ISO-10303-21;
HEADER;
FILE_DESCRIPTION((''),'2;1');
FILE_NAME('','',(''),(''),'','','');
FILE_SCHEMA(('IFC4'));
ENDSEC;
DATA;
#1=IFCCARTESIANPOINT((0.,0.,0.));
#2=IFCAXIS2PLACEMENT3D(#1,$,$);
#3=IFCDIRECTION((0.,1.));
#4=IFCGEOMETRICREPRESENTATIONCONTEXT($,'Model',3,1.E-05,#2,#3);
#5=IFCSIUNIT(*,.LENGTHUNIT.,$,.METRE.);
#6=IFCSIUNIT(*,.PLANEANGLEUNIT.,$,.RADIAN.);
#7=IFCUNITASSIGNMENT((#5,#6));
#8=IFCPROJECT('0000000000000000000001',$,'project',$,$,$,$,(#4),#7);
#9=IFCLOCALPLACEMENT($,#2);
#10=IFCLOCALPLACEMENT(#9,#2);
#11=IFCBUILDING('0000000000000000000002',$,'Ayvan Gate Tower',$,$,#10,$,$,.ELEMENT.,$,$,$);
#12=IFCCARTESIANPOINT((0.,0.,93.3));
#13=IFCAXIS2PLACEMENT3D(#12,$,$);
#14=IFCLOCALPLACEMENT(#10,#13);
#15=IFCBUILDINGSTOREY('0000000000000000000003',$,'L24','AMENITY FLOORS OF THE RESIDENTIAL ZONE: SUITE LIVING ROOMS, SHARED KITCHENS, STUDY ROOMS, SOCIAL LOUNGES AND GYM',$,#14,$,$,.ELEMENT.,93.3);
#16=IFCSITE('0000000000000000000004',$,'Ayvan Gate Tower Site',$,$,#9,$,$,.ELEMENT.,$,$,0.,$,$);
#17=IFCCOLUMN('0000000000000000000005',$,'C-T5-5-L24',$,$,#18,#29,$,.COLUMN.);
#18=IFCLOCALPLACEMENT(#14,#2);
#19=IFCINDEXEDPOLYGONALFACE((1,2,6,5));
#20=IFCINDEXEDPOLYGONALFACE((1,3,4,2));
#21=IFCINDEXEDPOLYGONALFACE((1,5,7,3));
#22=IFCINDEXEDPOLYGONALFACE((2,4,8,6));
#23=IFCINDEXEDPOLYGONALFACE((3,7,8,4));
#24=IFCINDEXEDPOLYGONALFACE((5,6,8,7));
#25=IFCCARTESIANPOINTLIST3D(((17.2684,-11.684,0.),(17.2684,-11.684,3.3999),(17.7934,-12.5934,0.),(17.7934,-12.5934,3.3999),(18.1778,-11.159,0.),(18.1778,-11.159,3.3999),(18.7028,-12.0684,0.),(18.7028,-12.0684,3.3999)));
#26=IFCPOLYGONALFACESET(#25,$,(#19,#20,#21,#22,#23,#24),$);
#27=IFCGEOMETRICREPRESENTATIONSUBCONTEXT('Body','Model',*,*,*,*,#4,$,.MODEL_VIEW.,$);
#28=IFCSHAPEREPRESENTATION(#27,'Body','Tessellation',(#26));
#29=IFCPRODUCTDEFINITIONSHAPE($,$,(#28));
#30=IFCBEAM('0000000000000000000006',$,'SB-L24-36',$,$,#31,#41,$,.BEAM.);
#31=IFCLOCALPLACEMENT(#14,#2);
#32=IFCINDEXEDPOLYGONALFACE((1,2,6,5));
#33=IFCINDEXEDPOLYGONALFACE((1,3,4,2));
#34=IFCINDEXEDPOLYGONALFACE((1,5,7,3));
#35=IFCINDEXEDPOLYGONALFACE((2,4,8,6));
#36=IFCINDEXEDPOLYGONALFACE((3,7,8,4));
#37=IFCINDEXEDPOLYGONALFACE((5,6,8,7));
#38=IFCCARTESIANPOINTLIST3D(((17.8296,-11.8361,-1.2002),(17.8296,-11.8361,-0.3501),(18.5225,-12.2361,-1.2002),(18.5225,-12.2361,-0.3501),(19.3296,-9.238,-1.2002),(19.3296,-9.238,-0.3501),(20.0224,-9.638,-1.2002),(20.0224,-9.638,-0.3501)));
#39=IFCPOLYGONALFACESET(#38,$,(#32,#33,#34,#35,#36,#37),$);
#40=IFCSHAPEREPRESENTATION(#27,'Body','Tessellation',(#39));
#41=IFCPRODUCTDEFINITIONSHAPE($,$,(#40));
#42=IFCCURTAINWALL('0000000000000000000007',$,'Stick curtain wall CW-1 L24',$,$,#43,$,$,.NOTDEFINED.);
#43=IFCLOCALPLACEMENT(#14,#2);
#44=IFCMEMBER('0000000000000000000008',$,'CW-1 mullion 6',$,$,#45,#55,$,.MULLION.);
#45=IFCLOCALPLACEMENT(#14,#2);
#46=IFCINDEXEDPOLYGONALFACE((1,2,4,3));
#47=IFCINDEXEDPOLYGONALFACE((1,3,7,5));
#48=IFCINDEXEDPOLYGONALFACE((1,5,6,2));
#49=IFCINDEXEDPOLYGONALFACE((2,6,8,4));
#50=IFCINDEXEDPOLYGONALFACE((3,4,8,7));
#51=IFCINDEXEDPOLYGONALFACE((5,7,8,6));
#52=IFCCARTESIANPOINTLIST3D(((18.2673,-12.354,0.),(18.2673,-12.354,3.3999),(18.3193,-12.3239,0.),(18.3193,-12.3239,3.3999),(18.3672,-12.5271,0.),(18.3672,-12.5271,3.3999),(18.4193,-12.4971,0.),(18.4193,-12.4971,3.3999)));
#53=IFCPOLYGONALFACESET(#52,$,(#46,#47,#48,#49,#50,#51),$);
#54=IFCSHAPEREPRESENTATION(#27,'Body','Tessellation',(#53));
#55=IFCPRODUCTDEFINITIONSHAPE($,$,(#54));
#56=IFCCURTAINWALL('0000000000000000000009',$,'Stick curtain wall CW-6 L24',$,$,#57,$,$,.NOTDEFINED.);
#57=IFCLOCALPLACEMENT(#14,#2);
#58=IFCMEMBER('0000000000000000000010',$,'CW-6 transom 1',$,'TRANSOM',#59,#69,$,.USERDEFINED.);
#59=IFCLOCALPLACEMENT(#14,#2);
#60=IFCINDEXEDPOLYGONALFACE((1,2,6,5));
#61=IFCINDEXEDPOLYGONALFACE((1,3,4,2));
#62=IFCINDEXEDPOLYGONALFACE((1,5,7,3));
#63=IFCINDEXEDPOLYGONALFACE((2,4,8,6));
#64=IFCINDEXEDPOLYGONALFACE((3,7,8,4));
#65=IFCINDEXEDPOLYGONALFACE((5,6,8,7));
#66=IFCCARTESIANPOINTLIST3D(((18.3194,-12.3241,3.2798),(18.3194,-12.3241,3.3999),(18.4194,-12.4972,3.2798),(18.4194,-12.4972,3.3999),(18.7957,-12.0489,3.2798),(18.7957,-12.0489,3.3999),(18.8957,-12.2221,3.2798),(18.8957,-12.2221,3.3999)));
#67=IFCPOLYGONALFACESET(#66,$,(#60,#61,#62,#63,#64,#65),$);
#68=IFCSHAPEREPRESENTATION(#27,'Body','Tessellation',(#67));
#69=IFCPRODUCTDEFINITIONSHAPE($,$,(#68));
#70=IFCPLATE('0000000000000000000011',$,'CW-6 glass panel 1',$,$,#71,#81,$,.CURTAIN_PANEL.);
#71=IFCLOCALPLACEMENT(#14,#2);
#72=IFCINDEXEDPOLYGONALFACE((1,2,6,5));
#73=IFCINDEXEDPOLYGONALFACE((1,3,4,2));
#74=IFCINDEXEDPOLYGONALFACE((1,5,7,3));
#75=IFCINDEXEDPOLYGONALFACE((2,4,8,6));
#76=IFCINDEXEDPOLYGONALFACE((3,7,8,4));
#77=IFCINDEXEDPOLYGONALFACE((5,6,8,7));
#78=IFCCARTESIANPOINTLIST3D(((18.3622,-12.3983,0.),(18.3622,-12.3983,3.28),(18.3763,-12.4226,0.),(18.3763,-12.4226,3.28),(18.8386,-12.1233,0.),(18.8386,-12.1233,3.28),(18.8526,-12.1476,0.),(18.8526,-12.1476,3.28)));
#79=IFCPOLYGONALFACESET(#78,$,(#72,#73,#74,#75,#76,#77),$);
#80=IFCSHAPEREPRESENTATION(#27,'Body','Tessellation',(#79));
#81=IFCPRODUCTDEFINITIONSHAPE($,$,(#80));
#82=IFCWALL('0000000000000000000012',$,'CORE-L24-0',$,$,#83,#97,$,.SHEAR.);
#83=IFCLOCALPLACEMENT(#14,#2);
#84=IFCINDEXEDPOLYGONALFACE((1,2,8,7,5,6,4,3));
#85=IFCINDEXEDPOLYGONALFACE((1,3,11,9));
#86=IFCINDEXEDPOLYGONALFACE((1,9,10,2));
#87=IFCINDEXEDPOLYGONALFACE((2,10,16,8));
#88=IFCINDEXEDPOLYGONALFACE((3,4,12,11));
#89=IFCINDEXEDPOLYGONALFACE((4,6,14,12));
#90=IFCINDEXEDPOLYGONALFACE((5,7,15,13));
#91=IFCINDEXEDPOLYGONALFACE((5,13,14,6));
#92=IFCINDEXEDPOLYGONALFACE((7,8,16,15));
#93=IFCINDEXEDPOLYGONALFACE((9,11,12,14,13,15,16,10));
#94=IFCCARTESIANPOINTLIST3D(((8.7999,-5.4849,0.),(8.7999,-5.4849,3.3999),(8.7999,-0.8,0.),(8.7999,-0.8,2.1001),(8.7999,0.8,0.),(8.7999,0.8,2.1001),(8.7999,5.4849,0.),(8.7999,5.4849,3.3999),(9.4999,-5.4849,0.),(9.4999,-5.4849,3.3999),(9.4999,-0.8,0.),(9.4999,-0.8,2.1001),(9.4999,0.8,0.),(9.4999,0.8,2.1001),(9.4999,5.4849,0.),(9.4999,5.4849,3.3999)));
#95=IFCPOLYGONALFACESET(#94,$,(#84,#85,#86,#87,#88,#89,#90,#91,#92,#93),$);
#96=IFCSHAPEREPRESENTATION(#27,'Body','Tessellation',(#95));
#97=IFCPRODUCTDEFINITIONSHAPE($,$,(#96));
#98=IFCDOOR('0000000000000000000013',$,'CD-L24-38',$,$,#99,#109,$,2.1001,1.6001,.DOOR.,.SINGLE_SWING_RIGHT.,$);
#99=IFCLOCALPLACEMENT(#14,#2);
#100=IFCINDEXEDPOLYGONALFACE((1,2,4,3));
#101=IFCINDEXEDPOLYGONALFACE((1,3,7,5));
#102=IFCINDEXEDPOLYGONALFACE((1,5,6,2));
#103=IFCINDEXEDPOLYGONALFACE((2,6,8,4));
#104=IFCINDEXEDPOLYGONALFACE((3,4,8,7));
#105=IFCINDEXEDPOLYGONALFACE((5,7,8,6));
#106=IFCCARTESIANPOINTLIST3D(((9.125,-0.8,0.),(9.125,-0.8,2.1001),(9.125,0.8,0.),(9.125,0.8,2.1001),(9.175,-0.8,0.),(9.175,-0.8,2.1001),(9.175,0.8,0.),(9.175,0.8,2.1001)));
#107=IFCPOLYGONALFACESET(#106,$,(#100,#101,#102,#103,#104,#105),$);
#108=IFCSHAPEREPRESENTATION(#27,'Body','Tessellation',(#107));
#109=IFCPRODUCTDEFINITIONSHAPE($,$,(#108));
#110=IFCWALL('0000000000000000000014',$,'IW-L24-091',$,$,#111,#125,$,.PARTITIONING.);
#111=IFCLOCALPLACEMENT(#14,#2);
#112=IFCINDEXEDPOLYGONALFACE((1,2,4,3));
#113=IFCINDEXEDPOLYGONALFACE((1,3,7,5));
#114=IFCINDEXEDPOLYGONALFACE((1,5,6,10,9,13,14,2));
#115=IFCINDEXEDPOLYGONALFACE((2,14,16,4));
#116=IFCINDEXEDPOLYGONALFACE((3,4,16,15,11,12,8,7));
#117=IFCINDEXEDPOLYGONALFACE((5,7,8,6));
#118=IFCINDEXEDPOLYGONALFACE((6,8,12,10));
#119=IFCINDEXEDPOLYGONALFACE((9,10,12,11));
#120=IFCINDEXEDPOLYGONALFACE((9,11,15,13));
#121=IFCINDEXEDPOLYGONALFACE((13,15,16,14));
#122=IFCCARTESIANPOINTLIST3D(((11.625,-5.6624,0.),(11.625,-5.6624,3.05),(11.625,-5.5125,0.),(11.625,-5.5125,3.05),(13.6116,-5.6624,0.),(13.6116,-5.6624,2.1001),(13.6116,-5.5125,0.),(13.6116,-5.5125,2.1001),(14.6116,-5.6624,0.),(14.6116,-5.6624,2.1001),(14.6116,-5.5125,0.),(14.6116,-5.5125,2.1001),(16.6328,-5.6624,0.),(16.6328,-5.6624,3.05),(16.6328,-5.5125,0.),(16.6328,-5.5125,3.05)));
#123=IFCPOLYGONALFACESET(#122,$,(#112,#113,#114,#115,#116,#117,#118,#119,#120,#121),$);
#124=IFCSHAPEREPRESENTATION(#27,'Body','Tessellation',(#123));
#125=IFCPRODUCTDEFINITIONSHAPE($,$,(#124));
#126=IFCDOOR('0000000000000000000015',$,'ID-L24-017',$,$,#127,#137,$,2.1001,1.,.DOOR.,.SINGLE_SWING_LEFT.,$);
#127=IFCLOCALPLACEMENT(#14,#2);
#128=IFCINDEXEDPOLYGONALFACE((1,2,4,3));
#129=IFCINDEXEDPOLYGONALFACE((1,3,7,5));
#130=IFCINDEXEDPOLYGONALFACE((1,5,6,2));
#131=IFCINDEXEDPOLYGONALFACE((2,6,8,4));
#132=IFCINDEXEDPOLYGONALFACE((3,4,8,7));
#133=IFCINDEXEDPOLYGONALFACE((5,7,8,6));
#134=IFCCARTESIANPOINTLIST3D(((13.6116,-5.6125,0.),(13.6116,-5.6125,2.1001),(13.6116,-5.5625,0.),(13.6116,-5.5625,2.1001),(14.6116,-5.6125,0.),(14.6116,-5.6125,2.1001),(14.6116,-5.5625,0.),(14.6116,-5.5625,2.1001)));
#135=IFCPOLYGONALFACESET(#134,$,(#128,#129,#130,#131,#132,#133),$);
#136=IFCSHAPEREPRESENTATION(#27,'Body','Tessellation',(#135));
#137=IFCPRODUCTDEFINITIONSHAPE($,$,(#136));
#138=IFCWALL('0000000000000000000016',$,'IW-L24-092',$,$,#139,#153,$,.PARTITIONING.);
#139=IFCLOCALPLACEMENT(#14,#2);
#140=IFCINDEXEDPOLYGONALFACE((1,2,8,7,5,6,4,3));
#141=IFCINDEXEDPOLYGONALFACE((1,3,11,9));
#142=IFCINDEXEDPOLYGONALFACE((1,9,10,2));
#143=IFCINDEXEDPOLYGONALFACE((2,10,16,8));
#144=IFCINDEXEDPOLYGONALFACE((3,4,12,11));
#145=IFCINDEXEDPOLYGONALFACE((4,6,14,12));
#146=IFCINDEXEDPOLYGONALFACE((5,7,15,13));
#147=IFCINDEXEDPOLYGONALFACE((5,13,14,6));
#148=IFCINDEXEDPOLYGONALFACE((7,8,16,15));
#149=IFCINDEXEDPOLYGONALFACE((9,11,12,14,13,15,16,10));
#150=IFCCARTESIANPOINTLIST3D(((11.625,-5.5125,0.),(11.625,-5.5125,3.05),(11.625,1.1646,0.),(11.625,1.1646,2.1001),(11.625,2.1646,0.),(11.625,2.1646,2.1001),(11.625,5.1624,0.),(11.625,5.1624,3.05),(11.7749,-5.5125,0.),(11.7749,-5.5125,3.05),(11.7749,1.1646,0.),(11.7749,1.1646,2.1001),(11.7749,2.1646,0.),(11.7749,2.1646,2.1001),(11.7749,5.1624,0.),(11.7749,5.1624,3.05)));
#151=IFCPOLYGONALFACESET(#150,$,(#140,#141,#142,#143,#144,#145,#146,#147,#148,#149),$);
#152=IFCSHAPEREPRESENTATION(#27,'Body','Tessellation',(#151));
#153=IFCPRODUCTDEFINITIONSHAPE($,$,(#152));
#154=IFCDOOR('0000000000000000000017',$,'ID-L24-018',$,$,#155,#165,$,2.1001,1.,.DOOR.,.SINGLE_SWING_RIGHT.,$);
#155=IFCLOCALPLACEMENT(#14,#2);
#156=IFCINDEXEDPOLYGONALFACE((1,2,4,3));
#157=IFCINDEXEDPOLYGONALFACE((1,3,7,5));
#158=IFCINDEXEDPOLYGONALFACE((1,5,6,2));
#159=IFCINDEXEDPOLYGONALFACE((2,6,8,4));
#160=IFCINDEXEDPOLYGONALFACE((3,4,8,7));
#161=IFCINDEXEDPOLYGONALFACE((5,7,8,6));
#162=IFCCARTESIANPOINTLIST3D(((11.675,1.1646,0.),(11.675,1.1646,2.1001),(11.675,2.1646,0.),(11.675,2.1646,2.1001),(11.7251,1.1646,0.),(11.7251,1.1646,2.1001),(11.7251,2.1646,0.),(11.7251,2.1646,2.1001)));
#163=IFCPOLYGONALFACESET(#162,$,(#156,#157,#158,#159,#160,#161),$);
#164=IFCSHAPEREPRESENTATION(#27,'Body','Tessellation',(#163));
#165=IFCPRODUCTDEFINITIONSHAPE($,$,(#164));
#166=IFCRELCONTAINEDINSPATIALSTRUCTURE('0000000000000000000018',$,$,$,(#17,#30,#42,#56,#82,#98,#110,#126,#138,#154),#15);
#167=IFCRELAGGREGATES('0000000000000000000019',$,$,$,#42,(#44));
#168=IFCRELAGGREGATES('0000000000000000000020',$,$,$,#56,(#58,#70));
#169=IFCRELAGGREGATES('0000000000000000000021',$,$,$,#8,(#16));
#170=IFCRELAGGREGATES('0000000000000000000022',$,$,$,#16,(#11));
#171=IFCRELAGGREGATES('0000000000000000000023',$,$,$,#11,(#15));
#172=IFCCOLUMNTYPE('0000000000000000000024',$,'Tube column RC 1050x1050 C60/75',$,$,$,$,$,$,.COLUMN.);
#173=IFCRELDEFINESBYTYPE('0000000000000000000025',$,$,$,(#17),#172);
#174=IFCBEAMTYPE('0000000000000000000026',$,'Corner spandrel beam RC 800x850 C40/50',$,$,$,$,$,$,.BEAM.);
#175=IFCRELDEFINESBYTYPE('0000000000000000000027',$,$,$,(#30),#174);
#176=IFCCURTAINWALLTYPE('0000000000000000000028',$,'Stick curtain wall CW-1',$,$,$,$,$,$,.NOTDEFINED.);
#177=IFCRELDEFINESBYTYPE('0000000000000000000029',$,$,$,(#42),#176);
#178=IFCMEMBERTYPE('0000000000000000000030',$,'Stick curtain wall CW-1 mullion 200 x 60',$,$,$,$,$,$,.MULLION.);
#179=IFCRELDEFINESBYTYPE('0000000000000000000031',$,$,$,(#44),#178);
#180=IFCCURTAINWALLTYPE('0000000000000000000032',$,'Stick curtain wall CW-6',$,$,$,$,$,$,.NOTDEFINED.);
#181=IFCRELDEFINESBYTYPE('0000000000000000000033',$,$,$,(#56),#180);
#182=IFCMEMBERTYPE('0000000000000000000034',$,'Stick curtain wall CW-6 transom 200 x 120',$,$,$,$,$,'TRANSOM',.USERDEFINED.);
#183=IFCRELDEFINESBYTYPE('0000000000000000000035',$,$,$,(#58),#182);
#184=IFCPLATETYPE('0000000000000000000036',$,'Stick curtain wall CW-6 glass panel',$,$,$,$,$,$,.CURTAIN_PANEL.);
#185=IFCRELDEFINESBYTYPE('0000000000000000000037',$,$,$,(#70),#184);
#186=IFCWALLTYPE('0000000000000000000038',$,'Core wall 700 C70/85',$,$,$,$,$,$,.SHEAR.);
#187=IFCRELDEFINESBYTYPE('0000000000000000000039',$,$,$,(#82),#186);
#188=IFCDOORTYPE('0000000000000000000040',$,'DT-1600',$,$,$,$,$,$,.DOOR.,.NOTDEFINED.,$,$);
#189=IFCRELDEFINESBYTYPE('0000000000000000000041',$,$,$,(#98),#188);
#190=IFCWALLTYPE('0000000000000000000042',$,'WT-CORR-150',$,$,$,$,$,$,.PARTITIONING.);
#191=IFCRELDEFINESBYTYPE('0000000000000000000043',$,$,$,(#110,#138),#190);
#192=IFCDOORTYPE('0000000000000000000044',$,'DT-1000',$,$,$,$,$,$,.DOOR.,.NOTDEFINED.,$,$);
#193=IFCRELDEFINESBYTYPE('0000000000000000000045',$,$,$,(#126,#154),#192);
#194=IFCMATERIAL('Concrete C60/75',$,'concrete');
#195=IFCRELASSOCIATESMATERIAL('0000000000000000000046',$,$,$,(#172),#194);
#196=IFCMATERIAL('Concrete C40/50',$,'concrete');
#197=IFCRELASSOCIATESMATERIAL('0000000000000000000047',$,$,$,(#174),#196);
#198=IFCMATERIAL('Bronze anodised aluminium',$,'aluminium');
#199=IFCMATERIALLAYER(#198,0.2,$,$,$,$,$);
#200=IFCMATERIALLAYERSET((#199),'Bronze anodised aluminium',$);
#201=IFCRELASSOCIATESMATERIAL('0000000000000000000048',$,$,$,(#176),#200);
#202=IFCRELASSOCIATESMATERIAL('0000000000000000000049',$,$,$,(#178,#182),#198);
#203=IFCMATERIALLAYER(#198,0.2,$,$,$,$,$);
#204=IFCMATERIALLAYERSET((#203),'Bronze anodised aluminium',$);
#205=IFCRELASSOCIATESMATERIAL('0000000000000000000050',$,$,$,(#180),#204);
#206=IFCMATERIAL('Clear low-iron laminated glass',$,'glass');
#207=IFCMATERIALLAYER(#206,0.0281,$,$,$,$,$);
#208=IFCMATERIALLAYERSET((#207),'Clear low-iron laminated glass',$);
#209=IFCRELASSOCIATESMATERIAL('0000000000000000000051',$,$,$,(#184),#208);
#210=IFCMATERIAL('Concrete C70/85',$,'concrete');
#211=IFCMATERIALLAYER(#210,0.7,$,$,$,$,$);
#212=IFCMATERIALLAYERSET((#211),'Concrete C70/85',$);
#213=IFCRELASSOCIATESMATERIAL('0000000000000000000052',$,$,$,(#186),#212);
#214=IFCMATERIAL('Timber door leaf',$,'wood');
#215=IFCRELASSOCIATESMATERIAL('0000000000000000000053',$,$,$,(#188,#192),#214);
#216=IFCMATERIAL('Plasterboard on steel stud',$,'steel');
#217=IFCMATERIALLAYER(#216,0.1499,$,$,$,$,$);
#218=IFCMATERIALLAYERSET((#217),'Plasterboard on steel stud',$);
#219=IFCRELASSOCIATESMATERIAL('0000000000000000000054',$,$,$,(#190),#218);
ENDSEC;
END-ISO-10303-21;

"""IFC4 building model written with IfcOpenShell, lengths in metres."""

from ifc_helpers import new_model, si_unit, direction, frame, frame_2d, origin, origin_2d, place, context, subcontext, project, spatial, rectangle, extrude, material, layer, layer_set, material_profile, profile_set, type_object, element, fill, aggregate, save


model = new_model("IFC4")

# Units and contexts
model_context = context("Model", 3, precision=1e-05, world=origin(), true_north=direction((0.0, 1.0)))
body_context = subcontext(model_context, "Body", "Model", "MODEL_VIEW")
ifc_project = project(units=[si_unit("LENGTHUNIT", "METRE"), si_unit("PLANEANGLEUNIT", "RADIAN")], contexts=[model_context])

# Site, building, storey
site_placement = place(None, origin())
site = spatial("IfcSite", under=ifc_project, at=site_placement, Name="Ayvan Gate Tower Site", CompositionType="ELEMENT", RefElevation=0.0)
building_placement = place(site_placement, origin())
building = spatial("IfcBuilding", under=site, at=building_placement, Name="Ayvan Gate Tower", CompositionType="ELEMENT")
storey_placement = place(building_placement, frame((0.0, 0.0, 93.3)))
storey = spatial("IfcBuildingStorey", under=building, at=storey_placement, Name="L24", Description="AMENITY FLOORS OF THE RESIDENTIAL ZONE: SUITE LIVING ROOMS, SHARED KITCHENS, STUDY ROOMS, SOCIAL LOUNGES AND GYM", CompositionType="ELEMENT", Elevation=93.3)

# Column
ifc_material_1 = material(Name="Concrete C60/75", Category="concrete")
ifc_material_profile_1 = material_profile(ifc_material_1, rectangle(XDim=1.05, YDim=1.05, at=origin_2d()), Name="RC 1050x1050")
ifc_profile_set_1 = profile_set([ifc_material_profile_1], Name="Concrete C60/75")
column_type = type_object("IfcColumnType", Name="Tube column RC 1050x1050 C60/75", PredefinedType="COLUMN", material=ifc_profile_set_1)
column_placement = place(storey_placement, frame((17.9856, -11.8762, 0.0), z_axis=(0.0, 0.0, 1.0), x_axis=(0.5, -0.866025, 0.0)))
element("IfcColumn", 1, at=column_placement, inside=storey, type_object=column_type, Name="C-T5-5-L24", PredefinedType="COLUMN", context=body_context, shape_type="SweptSolid", body=[
    extrude(rectangle(XDim=1.05, YDim=1.05, at=origin_2d()), origin(), (0.0, 0.0, 1.0), 3.3999),
])

# Beam
ifc_material_2 = material(Name="Concrete C40/50", Category="concrete")
ifc_material_profile_2 = material_profile(ifc_material_2, rectangle(XDim=0.8, YDim=0.8501, at=origin_2d()), Name="RC 800x850")
ifc_profile_set_2 = profile_set([ifc_material_profile_2], Name="Concrete C40/50")
beam_type = type_object("IfcBeamType", Name="Corner spandrel beam RC 800x850 C40/50", PredefinedType="BEAM", material=ifc_profile_set_2)
beam_placement = place(storey_placement, frame((18.176, -12.0361, -0.7751), z_axis=(0.49999, 0.866031, 0.0), x_axis=(-0.866031, 0.49999, 0.0)))
element("IfcBeam", 2, at=beam_placement, inside=storey, type_object=beam_type, Name="SB-L24-36", PredefinedType="BEAM", context=body_context, shape_type="SweptSolid", body=[
    extrude(rectangle(XDim=0.8, YDim=0.8501, at=origin_2d()), origin(), (0.0, 0.0, 1.0), 3.0),
])

# Curtain wall, member
ifc_material_3 = material(Name="Bronze anodised aluminium", Category="aluminium")
ifc_layer_1 = layer(ifc_material_3, 0.2)
ifc_layer_set_1 = layer_set([ifc_layer_1], Name="Bronze anodised aluminium")
curtain_wall_type_1 = type_object("IfcCurtainWallType", Name="Stick curtain wall CW-1", PredefinedType="NOTDEFINED", material=ifc_layer_set_1)
curtain_wall_1_placement = place(storey_placement, origin())
curtain_wall_1 = element("IfcCurtainWall", 3, at=curtain_wall_1_placement, inside=storey, type_object=curtain_wall_type_1, Name="Stick curtain wall CW-1 L24", PredefinedType="NOTDEFINED")
ifc_material_profile_3 = material_profile(ifc_material_3, rectangle(XDim=0.2, YDim=0.0601, at=origin_2d()), Name="Stick curtain wall CW-1 mullion 200 x 60")
ifc_profile_set_3 = profile_set([ifc_material_profile_3], Name="Bronze anodised aluminium")
member_type_1 = type_object("IfcMemberType", Name="Stick curtain wall CW-1 mullion 200 x 60", PredefinedType="MULLION", material=ifc_profile_set_3)
member_1_placement = place(storey_placement, frame((18.3433, -12.4255, 0.0), z_axis=(0.0, 0.0, 1.0), x_axis=(0.5, -0.866025, 0.0)))
member_1 = element("IfcMember", 4, at=member_1_placement, type_object=member_type_1, Name="CW-1 mullion 6", PredefinedType="MULLION", context=body_context, shape_type="SweptSolid", body=[
    extrude(rectangle(XDim=0.2, YDim=0.0601, at=origin_2d()), origin(), (0.0, 0.0, 1.0), 3.3999),
])
aggregate(curtain_wall_1, [member_1])

# Curtain wall, member, plate
ifc_layer_2 = layer(ifc_material_3, 0.2)
ifc_layer_set_2 = layer_set([ifc_layer_2], Name="Bronze anodised aluminium")
curtain_wall_type_2 = type_object("IfcCurtainWallType", Name="Stick curtain wall CW-6", PredefinedType="NOTDEFINED", material=ifc_layer_set_2)
curtain_wall_2_placement = place(storey_placement, origin())
curtain_wall_2 = element("IfcCurtainWall", 5, at=curtain_wall_2_placement, inside=storey, type_object=curtain_wall_type_2, Name="Stick curtain wall CW-6 L24", PredefinedType="NOTDEFINED")
ifc_material_profile_4 = material_profile(ifc_material_3, rectangle(XDim=0.2, YDim=0.1201, at=origin_2d()), Name="Stick curtain wall CW-6 transom 200 x 120")
ifc_profile_set_4 = profile_set([ifc_material_profile_4], Name="Bronze anodised aluminium")
member_type_2 = type_object("IfcMemberType", Name="Stick curtain wall CW-6 transom 200 x 120", ElementType="TRANSOM", PredefinedType="USERDEFINED", material=ifc_profile_set_4)
member_2_placement = place(storey_placement, frame((18.3694, -12.4106, 3.3398), z_axis=(0.865912, 0.500196, 0.0), x_axis=(-0.500196, 0.865912, 0.0)))
member_2 = element("IfcMember", 6, at=member_2_placement, type_object=member_type_2, Name="CW-6 transom 1", ObjectType="TRANSOM", PredefinedType="USERDEFINED", context=body_context, shape_type="SweptSolid", body=[
    extrude(rectangle(XDim=0.2, YDim=0.1201, at=origin_2d()), origin(), (0.0, 0.0, 1.0), 0.55),
])
ifc_material_4 = material(Name="Clear low-iron laminated glass", Category="glass")
ifc_layer_3 = layer(ifc_material_4, 0.0281)
ifc_layer_set_3 = layer_set([ifc_layer_3], Name="Clear low-iron laminated glass")
plate_type = type_object("IfcPlateType", Name="Stick curtain wall CW-6 glass panel", PredefinedType="CURTAIN_PANEL", material=ifc_layer_set_3)
plate_placement = place(storey_placement, frame((18.6074, -12.2729, 0.0), z_axis=(0.0, 0.0, 1.0), x_axis=(0.866025, 0.5, 0.0)))
plate = element("IfcPlate", 7, at=plate_placement, type_object=plate_type, Name="CW-6 glass panel 1", PredefinedType="CURTAIN_PANEL", context=body_context, shape_type="SweptSolid", body=[
    extrude(rectangle(XDim=0.55, YDim=0.0281, at=origin_2d()), origin(), (0.0, 0.0, 1.0), 3.28),
])
aggregate(curtain_wall_2, [member_2, plate])

# Walls, openings, doors
ifc_material_5 = material(Name="Concrete C70/85", Category="concrete")
ifc_layer_4 = layer(ifc_material_5, 0.7)
ifc_layer_set_4 = layer_set([ifc_layer_4], Name="Concrete C70/85")
wall_type_1 = type_object("IfcWallType", Name="Core wall 700 C70/85", PredefinedType="SHEAR", material=ifc_layer_set_4)
wall_1_placement = place(storey_placement, frame((9.1499, -5.4849, 0.0), z_axis=(0.0, 0.0, 1.0), x_axis=(0.0, 1.0, 0.0)))
wall_1 = element("IfcWall", 8, at=wall_1_placement, inside=storey, type_object=wall_type_1, Name="CORE-L24-0", PredefinedType="SHEAR", context=body_context, shape_type="SweptSolid", body=[
    extrude(rectangle(XDim=10.9697, YDim=0.7, at=frame_2d((5.4849, 0.0))), origin(), (0.0, 0.0, 1.0), 3.3999),
])
opening_1_placement = place(wall_1_placement, frame((4.6848, 0.0, 0.0)))
opening_1 = element("IfcOpeningElement", 9, at=opening_1_placement, cuts=wall_1, PredefinedType="OPENING", context=body_context, shape_type="SweptSolid", body=[
    extrude(rectangle(XDim=1.6001, YDim=2.1001, at=frame_2d((0.8, 1.05))), frame((0.0, 0.3599, 0.0), z_axis=(0.0, -1.0, 0.0), x_axis=(1.0, 0.0, 0.0)), (0.0, 0.0, 1.0), 0.72),
])
ifc_material_6 = material(Name="Timber door leaf", Category="wood")
door_type_1 = type_object("IfcDoorType", Name="DT-1600", OperationType="NOTDEFINED", PredefinedType="DOOR", material=ifc_material_6)
door_1_placement = place(opening_1_placement, origin())
door_1 = element("IfcDoor", 10, at=door_1_placement, inside=storey, type_object=door_type_1, Name="CD-L24-38", OperationType="SINGLE_SWING_RIGHT", OverallHeight=2.1001, OverallWidth=1.6001, PredefinedType="DOOR", context=body_context, shape_type="SweptSolid", body=[
    extrude(rectangle(XDim=1.6001, YDim=2.1001, at=frame_2d((0.8, 1.05))), frame((0.0, 0.0249, 0.0), z_axis=(0.0, -1.0, 0.0), x_axis=(1.0, 0.0, 0.0)), (0.0, 0.0, 1.0), 0.05),
])
fill(opening_1, door_1)
ifc_material_7 = material(Name="Plasterboard on steel stud", Category="steel")
ifc_layer_5 = layer(ifc_material_7, 0.1499)
ifc_layer_set_5 = layer_set([ifc_layer_5], Name="Plasterboard on steel stud")
wall_type_2 = type_object("IfcWallType", Name="WT-CORR-150", PredefinedType="PARTITIONING", material=ifc_layer_set_5)
wall_2_placement = place(storey_placement, frame((11.625, -5.5874, 0.0), z_axis=(0.0, 0.0, 1.0), x_axis=(1.0, 0.0, 0.0)))
wall_2 = element("IfcWall", 11, at=wall_2_placement, inside=storey, type_object=wall_type_2, Name="IW-L24-091", PredefinedType="PARTITIONING", context=body_context, shape_type="SweptSolid", body=[
    extrude(rectangle(XDim=5.0078, YDim=0.1499, at=frame_2d((2.5039, 0.0))), origin(), (0.0, 0.0, 1.0), 3.05),
])
opening_2_placement = place(wall_2_placement, frame((1.9866, 0.0, 0.0)))
opening_2 = element("IfcOpeningElement", 12, at=opening_2_placement, cuts=wall_2, PredefinedType="OPENING", context=body_context, shape_type="SweptSolid", body=[
    extrude(rectangle(XDim=1.0, YDim=2.1001, at=frame_2d((0.5, 1.05))), frame((0.0, 0.085, 0.0), z_axis=(0.0, -1.0, 0.0), x_axis=(1.0, 0.0, 0.0)), (0.0, 0.0, 1.0), 0.1699),
])
door_type_2 = type_object("IfcDoorType", Name="DT-1000", OperationType="NOTDEFINED", PredefinedType="DOOR", material=ifc_material_6)
door_2_placement = place(opening_2_placement, origin())
door_2 = element("IfcDoor", 13, at=door_2_placement, inside=storey, type_object=door_type_2, Name="ID-L24-017", OperationType="SINGLE_SWING_LEFT", OverallHeight=2.1001, OverallWidth=1.0, PredefinedType="DOOR", context=body_context, shape_type="SweptSolid", body=[
    extrude(rectangle(XDim=1.0, YDim=2.1001, at=frame_2d((0.5, 1.05))), frame((0.0, 0.0249, 0.0), z_axis=(0.0, -1.0, 0.0), x_axis=(1.0, 0.0, 0.0)), (0.0, 0.0, 1.0), 0.05),
])
fill(opening_2, door_2)
wall_3_placement = place(storey_placement, frame((11.7, -5.5125, 0.0), z_axis=(0.0, 0.0, 1.0), x_axis=(0.0, 1.0, 0.0)))
wall_3 = element("IfcWall", 14, at=wall_3_placement, inside=storey, type_object=wall_type_2, Name="IW-L24-092", PredefinedType="PARTITIONING", context=body_context, shape_type="SweptSolid", body=[
    extrude(rectangle(XDim=10.6748, YDim=0.1499, at=frame_2d((5.3374, 0.0))), origin(), (0.0, 0.0, 1.0), 3.05),
])
opening_3_placement = place(wall_3_placement, frame((6.677, 0.0, 0.0)))
opening_3 = element("IfcOpeningElement", 15, at=opening_3_placement, cuts=wall_3, PredefinedType="OPENING", context=body_context, shape_type="SweptSolid", body=[
    extrude(rectangle(XDim=1.0, YDim=2.1001, at=frame_2d((0.5, 1.05))), frame((0.0, 0.085, 0.0), z_axis=(0.0, -1.0, 0.0), x_axis=(1.0, 0.0, 0.0)), (0.0, 0.0, 1.0), 0.1699),
])
door_3_placement = place(opening_3_placement, origin())
door_3 = element("IfcDoor", 16, at=door_3_placement, inside=storey, type_object=door_type_2, Name="ID-L24-018", OperationType="SINGLE_SWING_RIGHT", OverallHeight=2.1001, OverallWidth=1.0, PredefinedType="DOOR", context=body_context, shape_type="SweptSolid", body=[
    extrude(rectangle(XDim=1.0, YDim=2.1001, at=frame_2d((0.5, 1.05))), frame((0.0, 0.0249, 0.0), z_axis=(0.0, -1.0, 0.0), x_axis=(1.0, 0.0, 0.0)), (0.0, 0.0, 1.0), 0.05),
])
fill(opening_3, door_3)

save(model, "model.ifc")
